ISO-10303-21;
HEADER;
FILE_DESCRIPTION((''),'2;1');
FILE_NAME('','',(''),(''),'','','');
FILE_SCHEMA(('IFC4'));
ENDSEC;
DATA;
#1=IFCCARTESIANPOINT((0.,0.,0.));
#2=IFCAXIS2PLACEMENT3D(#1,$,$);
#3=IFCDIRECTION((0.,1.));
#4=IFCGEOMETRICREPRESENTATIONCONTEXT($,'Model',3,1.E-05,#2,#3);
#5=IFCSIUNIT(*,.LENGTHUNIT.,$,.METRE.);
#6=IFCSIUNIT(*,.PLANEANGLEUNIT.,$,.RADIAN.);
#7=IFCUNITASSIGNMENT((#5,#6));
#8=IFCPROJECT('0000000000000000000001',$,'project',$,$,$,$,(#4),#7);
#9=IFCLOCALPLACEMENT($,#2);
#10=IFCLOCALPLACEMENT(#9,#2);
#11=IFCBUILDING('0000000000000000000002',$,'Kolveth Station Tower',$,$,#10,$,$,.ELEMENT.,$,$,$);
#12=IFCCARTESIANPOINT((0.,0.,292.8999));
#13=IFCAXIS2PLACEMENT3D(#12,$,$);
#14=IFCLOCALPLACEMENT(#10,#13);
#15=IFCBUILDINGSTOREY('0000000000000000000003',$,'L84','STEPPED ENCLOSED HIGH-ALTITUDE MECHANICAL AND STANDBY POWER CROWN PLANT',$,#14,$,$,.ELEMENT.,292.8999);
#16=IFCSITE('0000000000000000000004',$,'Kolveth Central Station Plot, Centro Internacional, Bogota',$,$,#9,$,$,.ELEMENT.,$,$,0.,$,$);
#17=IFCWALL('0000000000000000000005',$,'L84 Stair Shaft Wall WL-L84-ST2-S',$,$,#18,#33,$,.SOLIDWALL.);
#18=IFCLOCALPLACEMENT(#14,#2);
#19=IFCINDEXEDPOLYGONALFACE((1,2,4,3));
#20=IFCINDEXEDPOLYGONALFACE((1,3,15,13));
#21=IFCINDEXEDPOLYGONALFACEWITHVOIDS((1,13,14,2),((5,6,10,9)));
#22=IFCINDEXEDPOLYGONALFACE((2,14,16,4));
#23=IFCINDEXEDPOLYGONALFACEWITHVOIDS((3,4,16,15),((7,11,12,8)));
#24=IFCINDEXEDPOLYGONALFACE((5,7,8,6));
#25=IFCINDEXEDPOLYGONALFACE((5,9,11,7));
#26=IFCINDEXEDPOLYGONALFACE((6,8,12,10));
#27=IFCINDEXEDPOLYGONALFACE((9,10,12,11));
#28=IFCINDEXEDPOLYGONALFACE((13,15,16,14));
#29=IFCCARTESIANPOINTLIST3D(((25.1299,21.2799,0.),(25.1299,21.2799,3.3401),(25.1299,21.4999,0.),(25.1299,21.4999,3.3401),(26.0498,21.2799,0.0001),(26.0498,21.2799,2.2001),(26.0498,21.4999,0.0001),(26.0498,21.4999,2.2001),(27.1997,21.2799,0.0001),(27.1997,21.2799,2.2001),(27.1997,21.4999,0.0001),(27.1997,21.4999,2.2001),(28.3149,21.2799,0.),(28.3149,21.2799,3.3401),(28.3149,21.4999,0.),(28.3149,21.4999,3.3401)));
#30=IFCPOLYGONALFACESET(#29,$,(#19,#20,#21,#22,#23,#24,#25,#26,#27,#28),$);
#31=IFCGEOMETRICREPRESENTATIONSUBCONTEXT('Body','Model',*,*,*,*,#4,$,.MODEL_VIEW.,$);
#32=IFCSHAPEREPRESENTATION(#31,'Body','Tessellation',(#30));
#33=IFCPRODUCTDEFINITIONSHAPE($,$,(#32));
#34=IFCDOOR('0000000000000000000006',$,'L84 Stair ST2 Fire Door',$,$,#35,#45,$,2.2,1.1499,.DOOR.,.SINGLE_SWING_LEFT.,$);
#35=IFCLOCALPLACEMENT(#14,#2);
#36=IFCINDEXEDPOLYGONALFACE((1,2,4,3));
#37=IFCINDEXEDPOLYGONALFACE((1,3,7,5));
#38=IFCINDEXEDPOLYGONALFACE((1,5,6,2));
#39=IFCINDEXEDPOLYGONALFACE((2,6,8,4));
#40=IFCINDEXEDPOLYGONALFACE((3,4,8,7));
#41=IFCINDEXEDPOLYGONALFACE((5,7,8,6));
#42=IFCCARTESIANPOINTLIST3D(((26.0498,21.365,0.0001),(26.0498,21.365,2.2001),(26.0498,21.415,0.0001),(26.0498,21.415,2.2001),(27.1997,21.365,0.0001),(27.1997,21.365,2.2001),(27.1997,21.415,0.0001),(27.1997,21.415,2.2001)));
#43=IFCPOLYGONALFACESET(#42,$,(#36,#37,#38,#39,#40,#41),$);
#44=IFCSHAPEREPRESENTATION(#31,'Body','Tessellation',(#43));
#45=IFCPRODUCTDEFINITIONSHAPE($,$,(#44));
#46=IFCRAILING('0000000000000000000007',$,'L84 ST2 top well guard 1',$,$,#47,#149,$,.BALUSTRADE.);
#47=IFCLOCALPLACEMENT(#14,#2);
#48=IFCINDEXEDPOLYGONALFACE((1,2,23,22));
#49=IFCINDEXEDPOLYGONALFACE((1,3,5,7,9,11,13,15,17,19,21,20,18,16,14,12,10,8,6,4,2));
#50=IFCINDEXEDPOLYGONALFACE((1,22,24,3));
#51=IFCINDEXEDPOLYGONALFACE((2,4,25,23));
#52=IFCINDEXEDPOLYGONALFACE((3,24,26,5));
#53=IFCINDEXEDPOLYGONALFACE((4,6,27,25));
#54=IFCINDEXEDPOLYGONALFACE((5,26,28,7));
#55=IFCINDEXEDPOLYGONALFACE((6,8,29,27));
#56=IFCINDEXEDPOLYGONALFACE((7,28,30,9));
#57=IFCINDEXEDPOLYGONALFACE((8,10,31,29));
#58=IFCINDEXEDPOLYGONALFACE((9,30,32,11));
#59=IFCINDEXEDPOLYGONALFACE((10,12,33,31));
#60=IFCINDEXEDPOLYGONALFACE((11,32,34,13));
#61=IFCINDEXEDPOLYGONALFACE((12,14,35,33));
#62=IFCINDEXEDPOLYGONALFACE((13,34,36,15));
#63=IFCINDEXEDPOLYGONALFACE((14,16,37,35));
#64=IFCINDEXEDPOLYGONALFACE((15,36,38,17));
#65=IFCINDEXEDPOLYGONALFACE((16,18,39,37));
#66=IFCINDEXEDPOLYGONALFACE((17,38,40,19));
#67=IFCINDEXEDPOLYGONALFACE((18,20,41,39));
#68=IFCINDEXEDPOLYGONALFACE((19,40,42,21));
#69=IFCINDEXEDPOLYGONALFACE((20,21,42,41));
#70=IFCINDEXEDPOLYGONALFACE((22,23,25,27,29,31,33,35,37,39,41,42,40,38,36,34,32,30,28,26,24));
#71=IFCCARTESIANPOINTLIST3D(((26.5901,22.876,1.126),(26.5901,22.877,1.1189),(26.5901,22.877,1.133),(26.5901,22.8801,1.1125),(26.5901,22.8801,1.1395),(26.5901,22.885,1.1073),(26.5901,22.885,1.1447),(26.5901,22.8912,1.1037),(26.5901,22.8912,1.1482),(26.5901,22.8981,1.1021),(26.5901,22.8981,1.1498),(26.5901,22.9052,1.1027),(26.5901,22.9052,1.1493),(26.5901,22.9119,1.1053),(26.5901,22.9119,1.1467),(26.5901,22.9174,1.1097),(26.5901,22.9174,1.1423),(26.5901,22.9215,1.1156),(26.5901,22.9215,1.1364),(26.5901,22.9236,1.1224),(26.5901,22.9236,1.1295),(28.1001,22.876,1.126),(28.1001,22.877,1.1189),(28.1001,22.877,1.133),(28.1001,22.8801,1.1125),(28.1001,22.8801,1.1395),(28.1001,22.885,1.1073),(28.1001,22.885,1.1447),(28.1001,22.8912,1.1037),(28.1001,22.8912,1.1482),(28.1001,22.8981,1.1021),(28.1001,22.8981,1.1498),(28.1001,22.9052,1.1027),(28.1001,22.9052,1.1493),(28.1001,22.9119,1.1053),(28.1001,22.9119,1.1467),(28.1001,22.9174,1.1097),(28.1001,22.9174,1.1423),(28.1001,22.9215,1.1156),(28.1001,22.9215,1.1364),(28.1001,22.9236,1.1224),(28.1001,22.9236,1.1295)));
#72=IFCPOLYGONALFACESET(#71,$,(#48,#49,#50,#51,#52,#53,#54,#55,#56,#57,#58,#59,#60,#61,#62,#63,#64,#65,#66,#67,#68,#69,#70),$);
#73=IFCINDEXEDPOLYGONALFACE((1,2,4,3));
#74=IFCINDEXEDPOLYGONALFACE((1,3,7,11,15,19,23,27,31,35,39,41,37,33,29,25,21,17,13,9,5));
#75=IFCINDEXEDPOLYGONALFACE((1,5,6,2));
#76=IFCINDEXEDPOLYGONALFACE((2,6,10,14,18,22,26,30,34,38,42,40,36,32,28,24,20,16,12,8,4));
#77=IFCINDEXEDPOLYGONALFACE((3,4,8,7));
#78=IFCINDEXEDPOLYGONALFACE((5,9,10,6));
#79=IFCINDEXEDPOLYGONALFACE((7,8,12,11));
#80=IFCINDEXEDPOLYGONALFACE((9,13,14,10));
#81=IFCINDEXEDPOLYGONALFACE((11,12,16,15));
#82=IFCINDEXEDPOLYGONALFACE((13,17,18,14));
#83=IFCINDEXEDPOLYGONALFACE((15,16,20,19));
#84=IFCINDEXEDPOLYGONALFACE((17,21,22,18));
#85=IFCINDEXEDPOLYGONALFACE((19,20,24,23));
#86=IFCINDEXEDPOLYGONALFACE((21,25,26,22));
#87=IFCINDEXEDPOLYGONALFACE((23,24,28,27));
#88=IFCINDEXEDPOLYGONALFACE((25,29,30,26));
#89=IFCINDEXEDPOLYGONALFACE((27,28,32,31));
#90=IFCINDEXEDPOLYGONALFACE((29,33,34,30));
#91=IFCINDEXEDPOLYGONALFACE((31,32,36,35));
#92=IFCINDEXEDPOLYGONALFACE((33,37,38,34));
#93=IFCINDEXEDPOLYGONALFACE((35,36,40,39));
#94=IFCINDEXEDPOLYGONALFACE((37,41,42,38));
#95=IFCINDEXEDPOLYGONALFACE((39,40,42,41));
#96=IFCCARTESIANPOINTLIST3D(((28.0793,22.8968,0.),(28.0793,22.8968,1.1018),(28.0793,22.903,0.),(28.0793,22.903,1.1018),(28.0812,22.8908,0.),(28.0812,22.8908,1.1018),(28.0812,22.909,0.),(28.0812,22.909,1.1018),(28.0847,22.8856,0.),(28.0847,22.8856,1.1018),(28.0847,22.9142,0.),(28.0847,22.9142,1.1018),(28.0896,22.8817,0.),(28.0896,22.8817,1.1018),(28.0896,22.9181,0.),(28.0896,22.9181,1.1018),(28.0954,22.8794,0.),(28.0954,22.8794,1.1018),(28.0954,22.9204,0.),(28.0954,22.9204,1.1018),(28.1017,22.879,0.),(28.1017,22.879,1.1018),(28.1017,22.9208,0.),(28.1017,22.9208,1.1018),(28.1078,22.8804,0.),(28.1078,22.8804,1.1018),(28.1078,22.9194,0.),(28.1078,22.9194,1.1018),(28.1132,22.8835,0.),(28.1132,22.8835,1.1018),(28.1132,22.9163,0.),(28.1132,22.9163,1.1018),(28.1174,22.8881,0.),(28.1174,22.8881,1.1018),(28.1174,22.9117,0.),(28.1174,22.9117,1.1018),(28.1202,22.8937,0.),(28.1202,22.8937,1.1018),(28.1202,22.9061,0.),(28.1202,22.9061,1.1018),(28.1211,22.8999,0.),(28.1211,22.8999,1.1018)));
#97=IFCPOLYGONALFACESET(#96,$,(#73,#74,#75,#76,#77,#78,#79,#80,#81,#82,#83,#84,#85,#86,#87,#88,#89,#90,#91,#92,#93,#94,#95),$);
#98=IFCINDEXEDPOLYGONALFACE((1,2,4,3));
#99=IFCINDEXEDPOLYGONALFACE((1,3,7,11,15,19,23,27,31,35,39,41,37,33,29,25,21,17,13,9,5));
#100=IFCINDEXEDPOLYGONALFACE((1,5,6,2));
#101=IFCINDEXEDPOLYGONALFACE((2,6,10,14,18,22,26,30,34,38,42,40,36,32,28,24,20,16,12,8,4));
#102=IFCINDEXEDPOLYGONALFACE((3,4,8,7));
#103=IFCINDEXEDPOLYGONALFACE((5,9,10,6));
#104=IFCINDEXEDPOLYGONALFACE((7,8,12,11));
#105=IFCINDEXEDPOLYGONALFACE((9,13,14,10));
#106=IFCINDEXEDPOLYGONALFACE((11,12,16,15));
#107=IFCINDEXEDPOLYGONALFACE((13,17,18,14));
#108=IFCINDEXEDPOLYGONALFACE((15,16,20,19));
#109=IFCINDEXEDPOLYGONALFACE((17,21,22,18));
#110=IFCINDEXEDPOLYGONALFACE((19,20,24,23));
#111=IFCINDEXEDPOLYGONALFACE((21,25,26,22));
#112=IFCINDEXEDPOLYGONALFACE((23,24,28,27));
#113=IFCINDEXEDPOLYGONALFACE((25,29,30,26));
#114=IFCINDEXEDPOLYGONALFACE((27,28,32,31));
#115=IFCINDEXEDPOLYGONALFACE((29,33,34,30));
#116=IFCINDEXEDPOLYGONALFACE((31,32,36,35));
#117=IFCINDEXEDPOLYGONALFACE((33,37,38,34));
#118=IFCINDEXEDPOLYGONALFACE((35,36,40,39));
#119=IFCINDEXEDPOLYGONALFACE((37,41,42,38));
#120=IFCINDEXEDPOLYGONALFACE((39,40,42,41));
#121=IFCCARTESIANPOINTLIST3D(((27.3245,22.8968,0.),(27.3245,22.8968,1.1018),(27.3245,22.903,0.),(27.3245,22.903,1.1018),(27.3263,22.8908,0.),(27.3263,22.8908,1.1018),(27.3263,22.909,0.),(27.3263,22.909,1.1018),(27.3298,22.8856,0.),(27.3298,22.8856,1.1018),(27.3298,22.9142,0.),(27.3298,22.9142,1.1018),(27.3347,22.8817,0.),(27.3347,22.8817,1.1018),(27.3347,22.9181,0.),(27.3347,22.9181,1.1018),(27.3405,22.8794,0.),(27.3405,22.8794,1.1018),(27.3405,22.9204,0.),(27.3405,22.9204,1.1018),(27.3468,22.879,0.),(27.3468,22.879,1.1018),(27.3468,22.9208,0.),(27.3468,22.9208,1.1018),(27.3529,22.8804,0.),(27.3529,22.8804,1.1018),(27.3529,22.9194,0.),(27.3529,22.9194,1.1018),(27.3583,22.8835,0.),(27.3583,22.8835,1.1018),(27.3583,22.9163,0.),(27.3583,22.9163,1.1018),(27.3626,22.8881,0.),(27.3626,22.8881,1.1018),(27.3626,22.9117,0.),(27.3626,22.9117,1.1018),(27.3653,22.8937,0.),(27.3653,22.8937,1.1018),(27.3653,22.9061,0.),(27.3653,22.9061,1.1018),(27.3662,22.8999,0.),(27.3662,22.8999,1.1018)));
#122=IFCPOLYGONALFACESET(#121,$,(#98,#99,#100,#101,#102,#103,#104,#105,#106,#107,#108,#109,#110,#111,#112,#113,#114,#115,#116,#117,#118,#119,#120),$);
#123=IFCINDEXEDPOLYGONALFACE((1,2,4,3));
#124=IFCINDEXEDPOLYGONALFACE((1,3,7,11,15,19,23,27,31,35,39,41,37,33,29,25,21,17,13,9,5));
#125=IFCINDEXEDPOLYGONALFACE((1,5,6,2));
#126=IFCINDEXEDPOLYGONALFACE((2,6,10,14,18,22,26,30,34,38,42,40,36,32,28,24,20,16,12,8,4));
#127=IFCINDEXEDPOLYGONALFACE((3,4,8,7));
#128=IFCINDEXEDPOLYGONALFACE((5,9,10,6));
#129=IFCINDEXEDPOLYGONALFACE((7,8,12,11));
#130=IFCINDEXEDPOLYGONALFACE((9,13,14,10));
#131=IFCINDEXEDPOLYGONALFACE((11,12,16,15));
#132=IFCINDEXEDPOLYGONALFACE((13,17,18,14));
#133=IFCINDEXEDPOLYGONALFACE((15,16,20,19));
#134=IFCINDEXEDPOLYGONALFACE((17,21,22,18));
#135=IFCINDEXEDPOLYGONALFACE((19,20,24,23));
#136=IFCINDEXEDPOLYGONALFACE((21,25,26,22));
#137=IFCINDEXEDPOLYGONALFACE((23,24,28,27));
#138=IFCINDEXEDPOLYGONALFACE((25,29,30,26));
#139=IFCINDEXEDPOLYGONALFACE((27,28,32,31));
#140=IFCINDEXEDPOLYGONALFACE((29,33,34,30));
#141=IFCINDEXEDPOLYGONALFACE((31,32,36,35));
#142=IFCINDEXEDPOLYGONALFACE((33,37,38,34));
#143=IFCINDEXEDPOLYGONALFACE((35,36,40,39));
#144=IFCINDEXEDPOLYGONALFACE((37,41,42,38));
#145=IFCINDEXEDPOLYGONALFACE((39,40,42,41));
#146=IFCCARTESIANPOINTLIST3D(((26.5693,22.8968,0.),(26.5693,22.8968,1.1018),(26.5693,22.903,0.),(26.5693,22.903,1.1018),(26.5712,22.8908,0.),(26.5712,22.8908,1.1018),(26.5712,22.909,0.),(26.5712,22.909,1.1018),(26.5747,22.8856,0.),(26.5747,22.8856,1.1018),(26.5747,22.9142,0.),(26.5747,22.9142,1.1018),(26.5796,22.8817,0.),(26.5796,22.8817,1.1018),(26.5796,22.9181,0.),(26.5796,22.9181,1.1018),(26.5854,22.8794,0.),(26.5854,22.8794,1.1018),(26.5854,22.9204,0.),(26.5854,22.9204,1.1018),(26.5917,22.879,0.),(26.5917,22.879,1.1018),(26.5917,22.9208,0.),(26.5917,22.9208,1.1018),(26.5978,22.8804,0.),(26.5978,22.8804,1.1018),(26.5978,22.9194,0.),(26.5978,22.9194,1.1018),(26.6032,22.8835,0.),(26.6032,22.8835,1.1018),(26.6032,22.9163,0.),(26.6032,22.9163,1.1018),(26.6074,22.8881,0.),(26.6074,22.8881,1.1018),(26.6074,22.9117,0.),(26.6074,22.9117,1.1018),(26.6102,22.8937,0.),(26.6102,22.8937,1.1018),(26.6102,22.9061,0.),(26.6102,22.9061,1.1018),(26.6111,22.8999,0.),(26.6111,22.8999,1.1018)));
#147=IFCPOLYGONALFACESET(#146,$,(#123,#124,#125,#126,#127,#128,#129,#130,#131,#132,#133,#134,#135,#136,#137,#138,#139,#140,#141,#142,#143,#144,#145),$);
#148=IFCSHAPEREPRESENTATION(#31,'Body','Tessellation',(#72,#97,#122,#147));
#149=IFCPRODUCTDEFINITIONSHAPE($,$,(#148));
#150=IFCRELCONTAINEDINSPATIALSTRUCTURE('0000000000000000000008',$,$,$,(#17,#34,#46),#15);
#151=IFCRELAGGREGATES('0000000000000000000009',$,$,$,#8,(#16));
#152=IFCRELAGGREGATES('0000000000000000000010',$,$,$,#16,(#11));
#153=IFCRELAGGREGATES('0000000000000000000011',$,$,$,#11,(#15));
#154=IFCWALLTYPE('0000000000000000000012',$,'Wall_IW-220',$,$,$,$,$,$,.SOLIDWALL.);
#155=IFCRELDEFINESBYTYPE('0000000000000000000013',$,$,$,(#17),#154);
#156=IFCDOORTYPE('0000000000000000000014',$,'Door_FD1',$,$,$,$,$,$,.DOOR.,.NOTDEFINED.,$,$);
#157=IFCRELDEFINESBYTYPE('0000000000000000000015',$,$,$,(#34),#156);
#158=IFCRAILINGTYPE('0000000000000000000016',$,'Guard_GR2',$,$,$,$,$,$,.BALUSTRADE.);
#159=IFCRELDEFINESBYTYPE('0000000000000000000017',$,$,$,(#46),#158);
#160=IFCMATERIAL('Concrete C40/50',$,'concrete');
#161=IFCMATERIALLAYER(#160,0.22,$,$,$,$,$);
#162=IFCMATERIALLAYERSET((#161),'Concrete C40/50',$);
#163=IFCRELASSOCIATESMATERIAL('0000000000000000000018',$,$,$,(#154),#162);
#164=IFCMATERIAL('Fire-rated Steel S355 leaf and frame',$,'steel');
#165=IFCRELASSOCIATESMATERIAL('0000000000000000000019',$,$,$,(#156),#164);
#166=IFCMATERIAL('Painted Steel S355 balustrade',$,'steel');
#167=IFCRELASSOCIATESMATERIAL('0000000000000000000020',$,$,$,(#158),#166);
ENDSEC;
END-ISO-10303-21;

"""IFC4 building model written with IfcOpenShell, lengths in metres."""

from ifc_helpers import new_model, si_unit, direction, frame, frame_2d, origin, origin_2d, place, context, subcontext, project, spatial, rectangle, circle, extrude, material, layer, layer_set, type_object, element, fill, save


model = new_model("IFC4")

# Units and contexts
model_context = context("Model", 3, precision=1e-05, world=origin(), true_north=direction((0.0, 1.0)))
body_context = subcontext(model_context, "Body", "Model", "MODEL_VIEW")
ifc_project = project(units=[si_unit("LENGTHUNIT", "METRE"), si_unit("PLANEANGLEUNIT", "RADIAN")], contexts=[model_context])

# Site, building, storey
site_placement = place(None, origin())
site = spatial("IfcSite", under=ifc_project, at=site_placement, Name="Kolveth Central Station Plot, Centro Internacional, Bogota", CompositionType="ELEMENT", RefElevation=0.0)
building_placement = place(site_placement, origin())
building = spatial("IfcBuilding", under=site, at=building_placement, Name="Kolveth Station Tower", CompositionType="ELEMENT")
storey_placement = place(building_placement, frame((0.0, 0.0, 292.8999)))
storey = spatial("IfcBuildingStorey", under=building, at=storey_placement, Name="L84", Description="STEPPED ENCLOSED HIGH-ALTITUDE MECHANICAL AND STANDBY POWER CROWN PLANT", CompositionType="ELEMENT", Elevation=292.8999)

# Shared definitions
ifc_material_1 = material(Name="Concrete C40/50", Category="concrete")
ifc_layer_1 = layer(ifc_material_1, 0.22)
ifc_layer_set_1 = layer_set([ifc_layer_1], Name="Concrete C40/50")
wall_type_1 = type_object("IfcWallType", Name="Wall_IW-220", PredefinedType="SOLIDWALL", material=ifc_layer_set_1)

# Wall, opening, door
wall_1_placement = place(storey_placement, frame((25.1299, 21.3899, 0.0), z_axis=(0.0, 0.0, 1.0), x_axis=(1.0, 0.0, 0.0)))
wall_1 = element("IfcWall", 1, at=wall_1_placement, inside=storey, type_object=wall_type_1, Name="L84 Stair Shaft Wall WL-L84-ST2-S", PredefinedType="SOLIDWALL", context=body_context, shape_type="SweptSolid", body=[
    extrude(rectangle(XDim=3.1851, YDim=0.22, at=frame_2d((1.5925, 0.0))), origin(), (0.0, 0.0, 1.0), 3.3401),
])
opening_placement = place(wall_1_placement, frame((0.9199, 0.0, 0.0)))
opening = element("IfcOpeningElement", 2, at=opening_placement, cuts=wall_1, PredefinedType="OPENING", context=body_context, shape_type="SweptSolid", body=[
    extrude(rectangle(XDim=1.1499, YDim=2.2, at=frame_2d((0.575, 1.1001))), frame((0.0, 0.1199, 0.0), z_axis=(0.0, -1.0, 0.0), x_axis=(1.0, 0.0, 0.0)), (0.0, 0.0, 1.0), 0.24),
])
ifc_material_2 = material(Name="Fire-rated Steel S355 leaf and frame", Category="steel")
door_type = type_object("IfcDoorType", Name="Door_FD1", OperationType="NOTDEFINED", PredefinedType="DOOR", material=ifc_material_2)
door_placement = place(opening_placement, frame((1.1499, 0.0, 0.0), z_axis=(0.0, 0.0, 1.0), x_axis=(-1.0, 0.0, 0.0)))
door = element("IfcDoor", 3, at=door_placement, inside=storey, type_object=door_type, Name="L84 Stair ST2 Fire Door", OperationType="SINGLE_SWING_LEFT", OverallHeight=2.2, OverallWidth=1.1499, PredefinedType="DOOR", context=body_context, shape_type="SweptSolid", body=[
    extrude(rectangle(XDim=1.1499, YDim=2.2, at=frame_2d((0.575, 1.1001))), frame((0.0, 0.0249, 0.0), z_axis=(0.0, -1.0, 0.0), x_axis=(1.0, 0.0, 0.0)), (0.0, 0.0, 1.0), 0.05),
])
fill(opening, door)

# Railing
ifc_material_3 = material(Name="Painted Steel S355 balustrade", Category="steel")
railing_type = type_object("IfcRailingType", Name="Guard_GR2", PredefinedType="BALUSTRADE", material=ifc_material_3)
railing_placement = place(storey_placement, frame((28.1001, 22.8999, 0.0)))
element("IfcRailing", 4, at=railing_placement, inside=storey, type_object=railing_type, Name="L84 ST2 top well guard 1", PredefinedType="BALUSTRADE", context=body_context, shape_type="SweptSolid", body=[
    extrude(circle(Radius=0.0239, at=origin_2d()), frame((0.0, 0.0, 1.126), z_axis=(-1.0, 0.0, 0.0), x_axis=(0.0, -1.0, 0.0)), (0.0, 0.0, 1.0), 1.51),
    extrude(circle(Radius=0.021, at=origin_2d()), origin(), (0.0, 0.0, 1.0), 1.1018),
    extrude(circle(Radius=0.021, at=origin_2d()), frame((-0.7549, 0.0, 0.0)), (0.0, 0.0, 1.0), 1.1018),
    extrude(circle(Radius=0.021, at=origin_2d()), frame((-1.51, 0.0, 0.0)), (0.0, 0.0, 1.0), 1.1018),
])

save(model, "model.ifc")
